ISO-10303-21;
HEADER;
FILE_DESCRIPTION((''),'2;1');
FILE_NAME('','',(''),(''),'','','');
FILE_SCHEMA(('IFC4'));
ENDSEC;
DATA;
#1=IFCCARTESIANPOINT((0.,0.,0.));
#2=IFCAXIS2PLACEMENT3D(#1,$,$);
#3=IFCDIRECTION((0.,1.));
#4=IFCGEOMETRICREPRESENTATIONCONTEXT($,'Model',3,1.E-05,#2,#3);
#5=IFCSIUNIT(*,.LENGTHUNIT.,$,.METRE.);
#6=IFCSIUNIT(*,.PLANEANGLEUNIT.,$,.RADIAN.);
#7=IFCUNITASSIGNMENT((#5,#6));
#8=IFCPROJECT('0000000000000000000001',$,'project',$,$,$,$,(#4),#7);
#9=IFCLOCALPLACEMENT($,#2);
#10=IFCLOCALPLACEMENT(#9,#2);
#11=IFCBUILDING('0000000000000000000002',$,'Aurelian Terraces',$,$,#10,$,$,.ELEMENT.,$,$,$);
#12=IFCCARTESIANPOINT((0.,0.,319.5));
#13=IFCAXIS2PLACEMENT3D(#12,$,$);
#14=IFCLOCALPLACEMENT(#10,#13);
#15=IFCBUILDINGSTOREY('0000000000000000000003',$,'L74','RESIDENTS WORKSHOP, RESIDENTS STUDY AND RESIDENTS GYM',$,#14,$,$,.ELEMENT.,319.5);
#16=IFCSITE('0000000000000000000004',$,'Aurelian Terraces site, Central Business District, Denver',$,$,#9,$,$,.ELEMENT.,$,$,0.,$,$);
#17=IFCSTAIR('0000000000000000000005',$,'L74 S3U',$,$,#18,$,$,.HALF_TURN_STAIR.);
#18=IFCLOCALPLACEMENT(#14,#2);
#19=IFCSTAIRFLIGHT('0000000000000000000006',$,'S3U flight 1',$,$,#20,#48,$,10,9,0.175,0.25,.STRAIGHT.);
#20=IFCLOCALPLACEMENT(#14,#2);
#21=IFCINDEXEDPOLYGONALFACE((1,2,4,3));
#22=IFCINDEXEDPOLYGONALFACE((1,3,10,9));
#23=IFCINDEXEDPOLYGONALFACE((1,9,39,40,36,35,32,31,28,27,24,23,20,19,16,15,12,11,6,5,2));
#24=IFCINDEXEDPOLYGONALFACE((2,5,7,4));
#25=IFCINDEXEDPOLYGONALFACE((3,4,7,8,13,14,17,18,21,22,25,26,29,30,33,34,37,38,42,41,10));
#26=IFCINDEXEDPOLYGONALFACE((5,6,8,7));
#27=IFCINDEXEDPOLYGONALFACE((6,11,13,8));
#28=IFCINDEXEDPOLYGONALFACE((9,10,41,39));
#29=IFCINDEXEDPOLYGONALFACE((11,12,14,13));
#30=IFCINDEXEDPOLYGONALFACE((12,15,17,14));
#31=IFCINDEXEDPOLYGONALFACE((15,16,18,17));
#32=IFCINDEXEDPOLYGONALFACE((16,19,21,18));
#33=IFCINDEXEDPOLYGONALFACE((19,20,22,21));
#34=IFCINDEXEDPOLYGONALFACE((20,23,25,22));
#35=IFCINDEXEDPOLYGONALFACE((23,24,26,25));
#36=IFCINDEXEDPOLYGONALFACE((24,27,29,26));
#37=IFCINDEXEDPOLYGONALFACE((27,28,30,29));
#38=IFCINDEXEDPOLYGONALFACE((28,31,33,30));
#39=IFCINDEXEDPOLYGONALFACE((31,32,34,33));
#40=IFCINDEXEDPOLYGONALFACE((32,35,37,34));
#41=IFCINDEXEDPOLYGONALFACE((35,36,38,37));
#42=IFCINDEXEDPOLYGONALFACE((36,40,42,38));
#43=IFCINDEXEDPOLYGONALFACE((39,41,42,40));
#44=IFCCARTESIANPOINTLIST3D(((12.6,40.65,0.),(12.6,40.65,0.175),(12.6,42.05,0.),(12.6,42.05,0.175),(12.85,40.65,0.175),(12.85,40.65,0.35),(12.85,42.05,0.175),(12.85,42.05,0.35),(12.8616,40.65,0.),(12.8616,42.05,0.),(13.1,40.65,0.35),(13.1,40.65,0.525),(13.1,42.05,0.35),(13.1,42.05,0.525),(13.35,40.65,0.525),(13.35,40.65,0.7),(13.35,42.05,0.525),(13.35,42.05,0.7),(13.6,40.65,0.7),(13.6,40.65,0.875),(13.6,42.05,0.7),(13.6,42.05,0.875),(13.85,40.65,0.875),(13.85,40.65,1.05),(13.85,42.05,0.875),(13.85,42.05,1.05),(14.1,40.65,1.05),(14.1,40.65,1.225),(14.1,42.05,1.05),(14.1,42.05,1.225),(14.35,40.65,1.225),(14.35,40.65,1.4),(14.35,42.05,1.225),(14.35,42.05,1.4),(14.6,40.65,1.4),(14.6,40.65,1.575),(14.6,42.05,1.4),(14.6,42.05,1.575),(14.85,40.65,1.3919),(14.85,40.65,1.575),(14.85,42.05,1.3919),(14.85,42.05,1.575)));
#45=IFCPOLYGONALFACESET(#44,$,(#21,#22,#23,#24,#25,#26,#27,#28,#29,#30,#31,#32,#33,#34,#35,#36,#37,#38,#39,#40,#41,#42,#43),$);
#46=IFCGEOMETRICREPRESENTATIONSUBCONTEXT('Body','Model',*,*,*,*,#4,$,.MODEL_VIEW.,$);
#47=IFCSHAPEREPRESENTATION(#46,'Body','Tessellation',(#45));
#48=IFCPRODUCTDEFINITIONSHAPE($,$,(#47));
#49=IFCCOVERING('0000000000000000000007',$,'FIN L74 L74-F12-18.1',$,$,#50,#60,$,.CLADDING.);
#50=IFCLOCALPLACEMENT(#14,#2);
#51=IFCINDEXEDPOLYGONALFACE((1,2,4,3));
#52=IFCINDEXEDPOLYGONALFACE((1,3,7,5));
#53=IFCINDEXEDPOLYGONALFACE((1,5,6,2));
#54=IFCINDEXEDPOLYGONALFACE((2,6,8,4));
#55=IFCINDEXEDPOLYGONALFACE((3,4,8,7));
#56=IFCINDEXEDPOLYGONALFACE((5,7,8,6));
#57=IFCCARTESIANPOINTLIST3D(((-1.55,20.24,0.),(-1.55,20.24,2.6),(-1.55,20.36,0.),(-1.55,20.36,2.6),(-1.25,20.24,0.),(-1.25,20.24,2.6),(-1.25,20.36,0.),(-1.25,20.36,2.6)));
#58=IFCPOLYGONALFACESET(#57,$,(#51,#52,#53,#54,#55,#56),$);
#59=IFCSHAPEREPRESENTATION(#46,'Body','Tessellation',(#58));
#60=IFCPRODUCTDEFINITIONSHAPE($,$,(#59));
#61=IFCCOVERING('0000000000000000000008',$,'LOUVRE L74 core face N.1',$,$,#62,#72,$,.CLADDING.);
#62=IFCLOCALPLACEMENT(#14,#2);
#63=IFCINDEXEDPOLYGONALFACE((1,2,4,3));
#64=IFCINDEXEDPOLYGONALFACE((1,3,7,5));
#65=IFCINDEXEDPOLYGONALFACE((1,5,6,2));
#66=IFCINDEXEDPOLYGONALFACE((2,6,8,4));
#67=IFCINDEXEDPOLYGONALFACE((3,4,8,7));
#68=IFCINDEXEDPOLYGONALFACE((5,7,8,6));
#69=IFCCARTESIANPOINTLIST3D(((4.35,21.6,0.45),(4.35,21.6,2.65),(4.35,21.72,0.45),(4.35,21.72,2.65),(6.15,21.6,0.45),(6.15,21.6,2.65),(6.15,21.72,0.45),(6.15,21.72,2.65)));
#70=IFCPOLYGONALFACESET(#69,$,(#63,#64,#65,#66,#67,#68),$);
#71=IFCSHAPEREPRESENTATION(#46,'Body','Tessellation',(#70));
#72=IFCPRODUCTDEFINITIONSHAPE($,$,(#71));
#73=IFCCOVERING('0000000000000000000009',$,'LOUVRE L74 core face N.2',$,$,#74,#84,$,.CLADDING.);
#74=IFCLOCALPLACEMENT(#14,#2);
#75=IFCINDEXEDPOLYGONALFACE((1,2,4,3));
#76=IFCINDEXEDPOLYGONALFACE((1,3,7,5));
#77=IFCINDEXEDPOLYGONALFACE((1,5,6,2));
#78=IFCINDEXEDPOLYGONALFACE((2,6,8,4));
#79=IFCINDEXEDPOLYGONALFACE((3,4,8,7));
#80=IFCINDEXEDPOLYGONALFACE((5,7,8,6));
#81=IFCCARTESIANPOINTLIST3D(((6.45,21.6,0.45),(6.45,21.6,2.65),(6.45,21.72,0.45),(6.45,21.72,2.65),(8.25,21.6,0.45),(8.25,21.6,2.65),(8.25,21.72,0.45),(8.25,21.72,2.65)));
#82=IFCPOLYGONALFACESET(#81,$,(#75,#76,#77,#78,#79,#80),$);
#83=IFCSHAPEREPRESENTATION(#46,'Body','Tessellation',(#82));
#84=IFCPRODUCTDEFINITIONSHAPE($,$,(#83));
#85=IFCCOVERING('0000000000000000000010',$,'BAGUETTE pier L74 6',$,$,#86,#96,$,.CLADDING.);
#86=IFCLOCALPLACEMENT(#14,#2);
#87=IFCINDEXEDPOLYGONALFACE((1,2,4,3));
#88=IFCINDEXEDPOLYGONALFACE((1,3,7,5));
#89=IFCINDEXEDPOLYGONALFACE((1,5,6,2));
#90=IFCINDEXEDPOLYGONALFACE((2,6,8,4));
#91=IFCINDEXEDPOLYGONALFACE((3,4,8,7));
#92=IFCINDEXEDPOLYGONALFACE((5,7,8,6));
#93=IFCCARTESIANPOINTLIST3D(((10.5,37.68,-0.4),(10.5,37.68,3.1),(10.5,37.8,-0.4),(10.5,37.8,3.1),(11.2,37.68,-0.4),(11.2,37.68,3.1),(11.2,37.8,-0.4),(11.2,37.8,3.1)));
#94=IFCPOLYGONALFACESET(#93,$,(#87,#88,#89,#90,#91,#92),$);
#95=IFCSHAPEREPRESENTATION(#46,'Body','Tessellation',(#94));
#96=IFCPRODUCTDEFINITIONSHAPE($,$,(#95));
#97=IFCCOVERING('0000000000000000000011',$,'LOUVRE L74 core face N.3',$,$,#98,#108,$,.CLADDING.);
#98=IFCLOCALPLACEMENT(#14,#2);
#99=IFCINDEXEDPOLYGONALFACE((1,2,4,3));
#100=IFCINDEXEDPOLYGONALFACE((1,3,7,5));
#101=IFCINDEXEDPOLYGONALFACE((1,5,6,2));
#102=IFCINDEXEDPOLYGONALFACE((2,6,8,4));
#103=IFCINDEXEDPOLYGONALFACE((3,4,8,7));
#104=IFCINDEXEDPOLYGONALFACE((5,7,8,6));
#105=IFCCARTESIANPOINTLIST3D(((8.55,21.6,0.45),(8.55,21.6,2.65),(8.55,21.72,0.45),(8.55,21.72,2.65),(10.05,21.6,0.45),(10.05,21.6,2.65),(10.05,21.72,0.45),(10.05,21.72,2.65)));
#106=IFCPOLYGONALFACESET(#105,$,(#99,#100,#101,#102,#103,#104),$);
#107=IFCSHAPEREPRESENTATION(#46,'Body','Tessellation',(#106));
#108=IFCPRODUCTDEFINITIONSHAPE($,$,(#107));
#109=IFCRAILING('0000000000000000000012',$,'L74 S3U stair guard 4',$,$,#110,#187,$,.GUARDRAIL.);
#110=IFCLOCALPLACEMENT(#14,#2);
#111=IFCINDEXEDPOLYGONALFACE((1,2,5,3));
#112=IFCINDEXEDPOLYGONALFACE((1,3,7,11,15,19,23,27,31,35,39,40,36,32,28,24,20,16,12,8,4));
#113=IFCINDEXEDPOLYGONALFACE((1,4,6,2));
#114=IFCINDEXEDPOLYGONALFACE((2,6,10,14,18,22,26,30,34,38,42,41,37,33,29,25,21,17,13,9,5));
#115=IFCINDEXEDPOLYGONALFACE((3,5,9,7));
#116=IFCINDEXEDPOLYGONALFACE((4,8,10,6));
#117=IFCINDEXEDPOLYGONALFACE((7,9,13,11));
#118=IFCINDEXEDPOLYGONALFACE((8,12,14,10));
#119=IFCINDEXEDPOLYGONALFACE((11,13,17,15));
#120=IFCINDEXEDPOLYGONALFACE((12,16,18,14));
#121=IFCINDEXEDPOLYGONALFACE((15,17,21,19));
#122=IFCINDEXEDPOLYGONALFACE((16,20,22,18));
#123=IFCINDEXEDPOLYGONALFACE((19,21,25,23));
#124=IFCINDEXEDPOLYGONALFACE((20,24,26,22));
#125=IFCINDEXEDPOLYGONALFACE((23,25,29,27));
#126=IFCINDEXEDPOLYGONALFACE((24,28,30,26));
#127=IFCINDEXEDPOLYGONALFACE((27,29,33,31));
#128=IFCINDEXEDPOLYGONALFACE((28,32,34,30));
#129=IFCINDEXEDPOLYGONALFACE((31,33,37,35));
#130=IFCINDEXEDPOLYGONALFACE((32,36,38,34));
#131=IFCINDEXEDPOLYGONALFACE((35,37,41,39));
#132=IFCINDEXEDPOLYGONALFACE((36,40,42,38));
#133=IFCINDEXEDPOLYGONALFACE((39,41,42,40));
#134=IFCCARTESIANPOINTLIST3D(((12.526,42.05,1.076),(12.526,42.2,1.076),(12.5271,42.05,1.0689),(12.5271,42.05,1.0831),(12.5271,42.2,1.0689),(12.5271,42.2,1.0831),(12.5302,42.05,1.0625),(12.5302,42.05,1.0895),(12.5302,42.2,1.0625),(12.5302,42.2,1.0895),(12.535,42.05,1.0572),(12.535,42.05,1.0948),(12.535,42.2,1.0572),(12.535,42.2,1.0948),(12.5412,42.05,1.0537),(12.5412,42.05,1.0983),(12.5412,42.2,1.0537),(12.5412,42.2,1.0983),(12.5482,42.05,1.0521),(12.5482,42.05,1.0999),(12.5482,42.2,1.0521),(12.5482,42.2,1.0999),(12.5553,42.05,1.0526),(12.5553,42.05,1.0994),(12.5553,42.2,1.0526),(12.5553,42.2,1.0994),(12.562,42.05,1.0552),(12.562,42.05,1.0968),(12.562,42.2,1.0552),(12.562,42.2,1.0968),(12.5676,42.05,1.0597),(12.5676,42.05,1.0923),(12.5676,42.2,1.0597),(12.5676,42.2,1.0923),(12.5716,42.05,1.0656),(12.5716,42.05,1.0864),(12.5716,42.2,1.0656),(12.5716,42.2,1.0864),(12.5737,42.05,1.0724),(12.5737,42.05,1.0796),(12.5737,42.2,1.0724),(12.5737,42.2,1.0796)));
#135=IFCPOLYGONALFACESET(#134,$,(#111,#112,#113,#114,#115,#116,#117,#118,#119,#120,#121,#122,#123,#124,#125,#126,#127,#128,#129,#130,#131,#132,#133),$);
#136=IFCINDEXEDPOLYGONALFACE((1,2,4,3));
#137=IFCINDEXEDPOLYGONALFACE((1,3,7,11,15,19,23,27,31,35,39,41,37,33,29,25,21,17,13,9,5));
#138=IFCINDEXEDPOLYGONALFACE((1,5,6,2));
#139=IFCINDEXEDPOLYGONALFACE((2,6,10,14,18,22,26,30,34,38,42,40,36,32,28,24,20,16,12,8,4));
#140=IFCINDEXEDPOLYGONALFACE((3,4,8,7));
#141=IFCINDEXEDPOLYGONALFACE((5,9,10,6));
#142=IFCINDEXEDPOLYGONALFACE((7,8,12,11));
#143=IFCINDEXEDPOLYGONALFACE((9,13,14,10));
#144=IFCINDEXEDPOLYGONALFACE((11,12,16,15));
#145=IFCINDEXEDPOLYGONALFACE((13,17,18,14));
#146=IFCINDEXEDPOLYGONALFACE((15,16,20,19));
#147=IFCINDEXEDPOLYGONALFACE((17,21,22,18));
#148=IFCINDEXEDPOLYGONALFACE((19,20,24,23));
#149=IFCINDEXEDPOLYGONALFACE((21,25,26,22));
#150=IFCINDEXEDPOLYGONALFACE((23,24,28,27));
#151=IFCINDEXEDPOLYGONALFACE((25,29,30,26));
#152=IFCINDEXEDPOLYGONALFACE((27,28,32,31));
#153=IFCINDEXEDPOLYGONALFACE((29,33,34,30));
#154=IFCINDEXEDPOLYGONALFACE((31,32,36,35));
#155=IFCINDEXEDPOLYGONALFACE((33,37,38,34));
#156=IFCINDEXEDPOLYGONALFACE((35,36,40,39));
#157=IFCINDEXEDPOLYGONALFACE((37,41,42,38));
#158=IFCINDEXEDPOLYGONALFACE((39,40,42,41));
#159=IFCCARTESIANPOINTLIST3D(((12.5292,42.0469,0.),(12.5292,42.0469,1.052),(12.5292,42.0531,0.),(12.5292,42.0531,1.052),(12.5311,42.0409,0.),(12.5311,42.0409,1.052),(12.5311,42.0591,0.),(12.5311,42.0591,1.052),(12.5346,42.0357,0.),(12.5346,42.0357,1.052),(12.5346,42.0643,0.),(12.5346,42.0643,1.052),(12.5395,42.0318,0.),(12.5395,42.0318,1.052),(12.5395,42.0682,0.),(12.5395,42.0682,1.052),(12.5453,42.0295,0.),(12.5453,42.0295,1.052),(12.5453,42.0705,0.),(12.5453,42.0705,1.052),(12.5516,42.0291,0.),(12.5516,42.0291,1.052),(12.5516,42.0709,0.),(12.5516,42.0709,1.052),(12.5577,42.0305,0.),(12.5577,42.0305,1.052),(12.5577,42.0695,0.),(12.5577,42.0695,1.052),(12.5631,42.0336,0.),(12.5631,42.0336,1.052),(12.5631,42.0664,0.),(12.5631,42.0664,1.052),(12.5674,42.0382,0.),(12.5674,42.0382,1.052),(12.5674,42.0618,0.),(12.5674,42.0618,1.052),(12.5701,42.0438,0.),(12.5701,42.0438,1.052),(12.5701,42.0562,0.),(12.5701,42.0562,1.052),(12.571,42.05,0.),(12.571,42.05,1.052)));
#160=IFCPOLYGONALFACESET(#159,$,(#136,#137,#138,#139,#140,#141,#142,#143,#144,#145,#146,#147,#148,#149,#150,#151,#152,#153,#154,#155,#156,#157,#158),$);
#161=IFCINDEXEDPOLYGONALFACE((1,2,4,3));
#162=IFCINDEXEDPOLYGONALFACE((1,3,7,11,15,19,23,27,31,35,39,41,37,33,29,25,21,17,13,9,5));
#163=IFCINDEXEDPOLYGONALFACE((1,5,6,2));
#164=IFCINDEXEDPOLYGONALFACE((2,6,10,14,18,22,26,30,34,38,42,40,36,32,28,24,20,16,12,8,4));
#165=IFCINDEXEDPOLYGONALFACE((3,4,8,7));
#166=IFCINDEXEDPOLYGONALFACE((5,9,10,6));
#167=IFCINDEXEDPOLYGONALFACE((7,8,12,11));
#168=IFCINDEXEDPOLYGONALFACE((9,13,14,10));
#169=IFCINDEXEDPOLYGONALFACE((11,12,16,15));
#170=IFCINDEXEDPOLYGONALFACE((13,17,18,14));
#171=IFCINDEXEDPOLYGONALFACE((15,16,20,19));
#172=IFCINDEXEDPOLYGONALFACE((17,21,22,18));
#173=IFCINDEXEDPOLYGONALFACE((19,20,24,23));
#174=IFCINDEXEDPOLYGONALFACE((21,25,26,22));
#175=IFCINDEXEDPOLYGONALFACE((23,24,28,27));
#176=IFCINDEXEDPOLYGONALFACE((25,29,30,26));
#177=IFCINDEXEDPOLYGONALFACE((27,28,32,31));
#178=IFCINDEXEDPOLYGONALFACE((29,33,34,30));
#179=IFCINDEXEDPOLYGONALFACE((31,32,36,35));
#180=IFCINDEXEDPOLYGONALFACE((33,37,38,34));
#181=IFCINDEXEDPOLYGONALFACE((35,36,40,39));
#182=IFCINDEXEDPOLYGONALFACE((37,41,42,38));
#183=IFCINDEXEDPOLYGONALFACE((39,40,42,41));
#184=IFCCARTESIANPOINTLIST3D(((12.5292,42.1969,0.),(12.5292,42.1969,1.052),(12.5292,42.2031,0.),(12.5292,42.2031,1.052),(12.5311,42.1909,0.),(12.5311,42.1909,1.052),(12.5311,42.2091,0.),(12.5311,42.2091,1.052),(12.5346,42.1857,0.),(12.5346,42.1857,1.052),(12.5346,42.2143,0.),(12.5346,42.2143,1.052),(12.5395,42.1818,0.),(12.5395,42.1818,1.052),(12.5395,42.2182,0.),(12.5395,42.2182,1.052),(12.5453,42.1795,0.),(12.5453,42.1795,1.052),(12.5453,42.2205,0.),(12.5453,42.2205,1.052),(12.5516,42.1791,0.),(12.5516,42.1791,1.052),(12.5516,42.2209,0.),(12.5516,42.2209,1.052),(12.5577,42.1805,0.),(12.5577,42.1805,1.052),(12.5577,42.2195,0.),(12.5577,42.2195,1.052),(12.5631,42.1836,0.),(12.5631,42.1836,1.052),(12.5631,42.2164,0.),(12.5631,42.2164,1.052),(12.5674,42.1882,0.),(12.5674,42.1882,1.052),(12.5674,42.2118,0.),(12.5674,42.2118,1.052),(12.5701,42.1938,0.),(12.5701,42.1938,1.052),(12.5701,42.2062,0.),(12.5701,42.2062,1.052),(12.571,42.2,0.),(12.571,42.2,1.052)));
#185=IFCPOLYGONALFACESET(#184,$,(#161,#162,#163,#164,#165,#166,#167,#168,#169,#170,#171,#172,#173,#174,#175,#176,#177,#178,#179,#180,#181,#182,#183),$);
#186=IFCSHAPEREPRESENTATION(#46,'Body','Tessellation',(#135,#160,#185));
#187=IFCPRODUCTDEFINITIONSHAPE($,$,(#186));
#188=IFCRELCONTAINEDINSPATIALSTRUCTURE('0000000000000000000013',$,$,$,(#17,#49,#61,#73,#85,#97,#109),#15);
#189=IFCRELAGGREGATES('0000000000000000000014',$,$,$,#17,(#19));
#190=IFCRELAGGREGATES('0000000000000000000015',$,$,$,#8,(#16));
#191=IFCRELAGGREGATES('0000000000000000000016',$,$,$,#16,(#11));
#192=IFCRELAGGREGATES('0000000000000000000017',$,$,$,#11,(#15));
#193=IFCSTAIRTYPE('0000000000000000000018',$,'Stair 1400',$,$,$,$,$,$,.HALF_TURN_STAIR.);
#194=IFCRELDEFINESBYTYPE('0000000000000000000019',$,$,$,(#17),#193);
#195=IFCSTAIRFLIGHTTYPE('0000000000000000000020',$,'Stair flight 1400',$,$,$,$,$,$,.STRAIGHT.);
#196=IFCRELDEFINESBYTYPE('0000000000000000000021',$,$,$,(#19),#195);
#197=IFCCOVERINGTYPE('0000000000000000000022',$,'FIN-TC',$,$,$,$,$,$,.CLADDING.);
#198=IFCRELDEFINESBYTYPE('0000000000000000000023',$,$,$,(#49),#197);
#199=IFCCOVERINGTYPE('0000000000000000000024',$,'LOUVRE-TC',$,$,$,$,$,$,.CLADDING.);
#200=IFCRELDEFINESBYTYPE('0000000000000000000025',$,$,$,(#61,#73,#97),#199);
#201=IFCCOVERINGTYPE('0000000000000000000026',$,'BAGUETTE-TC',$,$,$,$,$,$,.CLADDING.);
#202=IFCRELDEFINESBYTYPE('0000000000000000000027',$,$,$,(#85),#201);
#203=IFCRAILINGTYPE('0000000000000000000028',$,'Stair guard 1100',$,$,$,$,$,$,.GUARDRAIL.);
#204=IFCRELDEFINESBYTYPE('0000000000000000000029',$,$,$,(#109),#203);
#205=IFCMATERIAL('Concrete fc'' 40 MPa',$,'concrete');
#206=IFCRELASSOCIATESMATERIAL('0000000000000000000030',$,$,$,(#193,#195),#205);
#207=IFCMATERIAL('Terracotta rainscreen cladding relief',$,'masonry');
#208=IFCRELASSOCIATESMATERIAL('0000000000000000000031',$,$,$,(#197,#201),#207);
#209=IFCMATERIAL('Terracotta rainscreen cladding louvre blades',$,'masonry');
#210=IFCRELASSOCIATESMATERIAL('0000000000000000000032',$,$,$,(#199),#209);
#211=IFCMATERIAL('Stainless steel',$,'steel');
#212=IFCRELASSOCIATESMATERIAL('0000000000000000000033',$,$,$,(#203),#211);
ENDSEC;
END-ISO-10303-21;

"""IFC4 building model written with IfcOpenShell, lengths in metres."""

from ifc_helpers import new_model, si_unit, direction, frame, origin, origin_2d, place, context, subcontext, project, spatial, polyline, rectangle, circle, outline, extrude, source, transform, mapped, material, type_object, element, aggregate, save


model = new_model("IFC4")

# Units and contexts
model_context = context("Model", 3, precision=1e-05, world=origin(), true_north=direction((0.0, 1.0)))
body_context = subcontext(model_context, "Body", "Model", "MODEL_VIEW")
ifc_project = project(units=[si_unit("LENGTHUNIT", "METRE"), si_unit("PLANEANGLEUNIT", "RADIAN")], contexts=[model_context])

# Site, building, storey
site_placement = place(None, origin())
site = spatial("IfcSite", under=ifc_project, at=site_placement, Name="Aurelian Terraces site, Central Business District, Denver", CompositionType="ELEMENT", RefElevation=0.0)
building_placement = place(site_placement, origin())
building = spatial("IfcBuilding", under=site, at=building_placement, Name="Aurelian Terraces", CompositionType="ELEMENT")
storey_placement = place(building_placement, frame((0.0, 0.0, 319.5)))
storey = spatial("IfcBuildingStorey", under=building, at=storey_placement, Name="L74", Description="RESIDENTS WORKSHOP, RESIDENTS STUDY AND RESIDENTS GYM", CompositionType="ELEMENT", Elevation=319.5)

# Shared definitions
ifc_material_1 = material(Name="Concrete fc' 40 MPa", Category="concrete")

# Stair, stair flight
stair_type = type_object("IfcStairType", Name="Stair 1400", PredefinedType="HALF_TURN_STAIR", material=ifc_material_1)
stair_placement = place(storey_placement, origin())
stair = element("IfcStair", 1, at=stair_placement, inside=storey, type_object=stair_type, Name="L74 S3U", PredefinedType="HALF_TURN_STAIR")
stair_flight_type = type_object("IfcStairFlightType", Name="Stair flight 1400", PredefinedType="STRAIGHT", material=ifc_material_1)
shared_shape_1 = source(origin(), body_context, "Body", "SweptSolid", [
    extrude(outline(polyline([(0.0, 0.0), (0.0, 0.175), (0.25, 0.175), (0.25, 0.35), (0.5, 0.35), (0.5, 0.525), (0.75, 0.525), (0.75, 0.7), (1.0, 0.7), (1.0, 0.875), (1.25, 0.875), (1.25, 1.05), (1.5, 1.05), (1.5, 1.225), (1.75, 1.225), (1.75, 1.4), (2.0, 1.4), (2.0, 1.575), (2.25, 1.575), (2.25, 1.75), (2.25, 1.3919), (0.2616, 0.0), (0.0, 0.0)])), frame((0.0, 0.7, 0.0), z_axis=(0.0, -1.0, 0.0), x_axis=(1.0, 0.0, 0.0)), (0.0, 0.0, 1.0), 1.4),
])
stair_flight_placement = place(storey_placement, frame((12.6, 41.35, 0.0), z_axis=(0.0, 0.0, 1.0), x_axis=(1.0, 0.0, 0.0)))
stair_flight = element("IfcStairFlight", 2, at=stair_flight_placement, type_object=stair_flight_type, Name="S3U flight 1", NumberOfRisers=10, NumberOfTreads=9, PredefinedType="STRAIGHT", RiserHeight=0.175, TreadLength=0.25, context=body_context, shape_type="MappedRepresentation", body=[
    mapped(shared_shape_1, transform((0.0, 0.0, 0.0), scale=1.0)),
])
aggregate(stair, [stair_flight])

# Coverings
ifc_material_2 = material(Name="Terracotta rainscreen cladding relief", Category="masonry")
covering_type_1 = type_object("IfcCoveringType", Name="FIN-TC", PredefinedType="CLADDING", material=ifc_material_2)
shared_shape_2 = source(origin(), body_context, "Body", "SweptSolid", [
    extrude(rectangle(XDim=0.3, YDim=0.12, at=origin_2d()), origin(), (0.0, 0.0, 1.0), 2.6),
])
covering_1_placement = place(storey_placement, frame((-1.4, 20.3, 0.0), z_axis=(0.0, 0.0, 1.0), x_axis=(1.0, 0.0, 0.0)))
element("IfcCovering", 3, at=covering_1_placement, inside=storey, type_object=covering_type_1, Name="FIN L74 L74-F12-18.1", PredefinedType="CLADDING", context=body_context, shape_type="MappedRepresentation", body=[
    mapped(shared_shape_2, transform((0.0, 0.0, 0.0), scale=1.0)),
])
ifc_material_3 = material(Name="Terracotta rainscreen cladding louvre blades", Category="masonry")
covering_type_2 = type_object("IfcCoveringType", Name="LOUVRE-TC", PredefinedType="CLADDING", material=ifc_material_3)
shared_shape_3 = source(origin(), body_context, "Body", "SweptSolid", [
    extrude(rectangle(XDim=1.8, YDim=0.12, at=origin_2d()), origin(), (0.0, 0.0, 1.0), 2.2),
])
for number, where, z_axis, x_axis, name in (
    (4, (5.25, 21.66, 0.45), (0.0, 0.0, 1.0), (1.0, 0.0, 0.0), "LOUVRE L74 core face N.1"),
    (5, (7.35, 21.66, 0.45), (0.0, 0.0, 1.0), (1.0, 0.0, 0.0), "LOUVRE L74 core face N.2"),
):
    element("IfcCovering", number, at=place(storey_placement, frame(where, z_axis=z_axis, x_axis=x_axis)), inside=storey, type_object=covering_type_2, Name=name, PredefinedType="CLADDING", context=body_context, shape_type="MappedRepresentation", body=[
        mapped(shared_shape_3, transform((0.0, 0.0, 0.0), scale=1.0)),
    ])
covering_type_3 = type_object("IfcCoveringType", Name="BAGUETTE-TC", PredefinedType="CLADDING", material=ifc_material_2)
shared_shape_4 = source(origin(), body_context, "Body", "SweptSolid", [
    extrude(rectangle(XDim=0.7, YDim=0.12, at=origin_2d()), origin(), (0.0, 0.0, 1.0), 3.5),
])
covering_2_placement = place(storey_placement, frame((10.85, 37.74, -0.4), z_axis=(0.0, 0.0, 1.0), x_axis=(1.0, 0.0, 0.0)))
element("IfcCovering", 6, at=covering_2_placement, inside=storey, type_object=covering_type_3, Name="BAGUETTE pier L74 6", PredefinedType="CLADDING", context=body_context, shape_type="MappedRepresentation", body=[
    mapped(shared_shape_4, transform((0.0, 0.0, 0.0), scale=1.0)),
])
shared_shape_5 = source(origin(), body_context, "Body", "SweptSolid", [
    extrude(rectangle(XDim=1.5, YDim=0.12, at=origin_2d()), origin(), (0.0, 0.0, 1.0), 2.2),
])
covering_3_placement = place(storey_placement, frame((9.3, 21.66, 0.45), z_axis=(0.0, 0.0, 1.0), x_axis=(1.0, 0.0, 0.0)))
element("IfcCovering", 7, at=covering_3_placement, inside=storey, type_object=covering_type_2, Name="LOUVRE L74 core face N.3", PredefinedType="CLADDING", context=body_context, shape_type="MappedRepresentation", body=[
    mapped(shared_shape_5, transform((0.0, 0.0, 0.0), scale=1.0)),
])

# Railing
ifc_material_4 = material(Name="Stainless steel", Category="steel")
railing_type_1 = type_object("IfcRailingType", Name="Stair guard 1100", PredefinedType="GUARDRAIL", material=ifc_material_4)
shared_shape_6 = source(origin(), body_context, "Body", "SweptSolid", [
    extrude(circle(Radius=0.024, at=origin_2d()), frame((0.0, 0.0, 1.076), z_axis=(0.0, 1.0, 0.0), x_axis=(-1.0, 0.0, 0.0)), (0.0, 0.0, 1.0), 0.15),
    extrude(circle(Radius=0.021, at=origin_2d()), origin(), (0.0, 0.0, 1.0), 1.052),
    extrude(circle(Radius=0.021, at=origin_2d()), frame((0.0, 0.15, 0.0)), (0.0, 0.0, 1.0), 1.052),
])
railing_1_placement = place(storey_placement, frame((12.55, 42.05, 0.0)))
element("IfcRailing", 8, at=railing_1_placement, inside=storey, type_object=railing_type_1, Name="L74 S3U stair guard 4", PredefinedType="GUARDRAIL", context=body_context, shape_type="MappedRepresentation", body=[
    mapped(shared_shape_6, transform((0.0, 0.0, 0.0), scale=1.0)),
])

save(model, "model.ifc")
